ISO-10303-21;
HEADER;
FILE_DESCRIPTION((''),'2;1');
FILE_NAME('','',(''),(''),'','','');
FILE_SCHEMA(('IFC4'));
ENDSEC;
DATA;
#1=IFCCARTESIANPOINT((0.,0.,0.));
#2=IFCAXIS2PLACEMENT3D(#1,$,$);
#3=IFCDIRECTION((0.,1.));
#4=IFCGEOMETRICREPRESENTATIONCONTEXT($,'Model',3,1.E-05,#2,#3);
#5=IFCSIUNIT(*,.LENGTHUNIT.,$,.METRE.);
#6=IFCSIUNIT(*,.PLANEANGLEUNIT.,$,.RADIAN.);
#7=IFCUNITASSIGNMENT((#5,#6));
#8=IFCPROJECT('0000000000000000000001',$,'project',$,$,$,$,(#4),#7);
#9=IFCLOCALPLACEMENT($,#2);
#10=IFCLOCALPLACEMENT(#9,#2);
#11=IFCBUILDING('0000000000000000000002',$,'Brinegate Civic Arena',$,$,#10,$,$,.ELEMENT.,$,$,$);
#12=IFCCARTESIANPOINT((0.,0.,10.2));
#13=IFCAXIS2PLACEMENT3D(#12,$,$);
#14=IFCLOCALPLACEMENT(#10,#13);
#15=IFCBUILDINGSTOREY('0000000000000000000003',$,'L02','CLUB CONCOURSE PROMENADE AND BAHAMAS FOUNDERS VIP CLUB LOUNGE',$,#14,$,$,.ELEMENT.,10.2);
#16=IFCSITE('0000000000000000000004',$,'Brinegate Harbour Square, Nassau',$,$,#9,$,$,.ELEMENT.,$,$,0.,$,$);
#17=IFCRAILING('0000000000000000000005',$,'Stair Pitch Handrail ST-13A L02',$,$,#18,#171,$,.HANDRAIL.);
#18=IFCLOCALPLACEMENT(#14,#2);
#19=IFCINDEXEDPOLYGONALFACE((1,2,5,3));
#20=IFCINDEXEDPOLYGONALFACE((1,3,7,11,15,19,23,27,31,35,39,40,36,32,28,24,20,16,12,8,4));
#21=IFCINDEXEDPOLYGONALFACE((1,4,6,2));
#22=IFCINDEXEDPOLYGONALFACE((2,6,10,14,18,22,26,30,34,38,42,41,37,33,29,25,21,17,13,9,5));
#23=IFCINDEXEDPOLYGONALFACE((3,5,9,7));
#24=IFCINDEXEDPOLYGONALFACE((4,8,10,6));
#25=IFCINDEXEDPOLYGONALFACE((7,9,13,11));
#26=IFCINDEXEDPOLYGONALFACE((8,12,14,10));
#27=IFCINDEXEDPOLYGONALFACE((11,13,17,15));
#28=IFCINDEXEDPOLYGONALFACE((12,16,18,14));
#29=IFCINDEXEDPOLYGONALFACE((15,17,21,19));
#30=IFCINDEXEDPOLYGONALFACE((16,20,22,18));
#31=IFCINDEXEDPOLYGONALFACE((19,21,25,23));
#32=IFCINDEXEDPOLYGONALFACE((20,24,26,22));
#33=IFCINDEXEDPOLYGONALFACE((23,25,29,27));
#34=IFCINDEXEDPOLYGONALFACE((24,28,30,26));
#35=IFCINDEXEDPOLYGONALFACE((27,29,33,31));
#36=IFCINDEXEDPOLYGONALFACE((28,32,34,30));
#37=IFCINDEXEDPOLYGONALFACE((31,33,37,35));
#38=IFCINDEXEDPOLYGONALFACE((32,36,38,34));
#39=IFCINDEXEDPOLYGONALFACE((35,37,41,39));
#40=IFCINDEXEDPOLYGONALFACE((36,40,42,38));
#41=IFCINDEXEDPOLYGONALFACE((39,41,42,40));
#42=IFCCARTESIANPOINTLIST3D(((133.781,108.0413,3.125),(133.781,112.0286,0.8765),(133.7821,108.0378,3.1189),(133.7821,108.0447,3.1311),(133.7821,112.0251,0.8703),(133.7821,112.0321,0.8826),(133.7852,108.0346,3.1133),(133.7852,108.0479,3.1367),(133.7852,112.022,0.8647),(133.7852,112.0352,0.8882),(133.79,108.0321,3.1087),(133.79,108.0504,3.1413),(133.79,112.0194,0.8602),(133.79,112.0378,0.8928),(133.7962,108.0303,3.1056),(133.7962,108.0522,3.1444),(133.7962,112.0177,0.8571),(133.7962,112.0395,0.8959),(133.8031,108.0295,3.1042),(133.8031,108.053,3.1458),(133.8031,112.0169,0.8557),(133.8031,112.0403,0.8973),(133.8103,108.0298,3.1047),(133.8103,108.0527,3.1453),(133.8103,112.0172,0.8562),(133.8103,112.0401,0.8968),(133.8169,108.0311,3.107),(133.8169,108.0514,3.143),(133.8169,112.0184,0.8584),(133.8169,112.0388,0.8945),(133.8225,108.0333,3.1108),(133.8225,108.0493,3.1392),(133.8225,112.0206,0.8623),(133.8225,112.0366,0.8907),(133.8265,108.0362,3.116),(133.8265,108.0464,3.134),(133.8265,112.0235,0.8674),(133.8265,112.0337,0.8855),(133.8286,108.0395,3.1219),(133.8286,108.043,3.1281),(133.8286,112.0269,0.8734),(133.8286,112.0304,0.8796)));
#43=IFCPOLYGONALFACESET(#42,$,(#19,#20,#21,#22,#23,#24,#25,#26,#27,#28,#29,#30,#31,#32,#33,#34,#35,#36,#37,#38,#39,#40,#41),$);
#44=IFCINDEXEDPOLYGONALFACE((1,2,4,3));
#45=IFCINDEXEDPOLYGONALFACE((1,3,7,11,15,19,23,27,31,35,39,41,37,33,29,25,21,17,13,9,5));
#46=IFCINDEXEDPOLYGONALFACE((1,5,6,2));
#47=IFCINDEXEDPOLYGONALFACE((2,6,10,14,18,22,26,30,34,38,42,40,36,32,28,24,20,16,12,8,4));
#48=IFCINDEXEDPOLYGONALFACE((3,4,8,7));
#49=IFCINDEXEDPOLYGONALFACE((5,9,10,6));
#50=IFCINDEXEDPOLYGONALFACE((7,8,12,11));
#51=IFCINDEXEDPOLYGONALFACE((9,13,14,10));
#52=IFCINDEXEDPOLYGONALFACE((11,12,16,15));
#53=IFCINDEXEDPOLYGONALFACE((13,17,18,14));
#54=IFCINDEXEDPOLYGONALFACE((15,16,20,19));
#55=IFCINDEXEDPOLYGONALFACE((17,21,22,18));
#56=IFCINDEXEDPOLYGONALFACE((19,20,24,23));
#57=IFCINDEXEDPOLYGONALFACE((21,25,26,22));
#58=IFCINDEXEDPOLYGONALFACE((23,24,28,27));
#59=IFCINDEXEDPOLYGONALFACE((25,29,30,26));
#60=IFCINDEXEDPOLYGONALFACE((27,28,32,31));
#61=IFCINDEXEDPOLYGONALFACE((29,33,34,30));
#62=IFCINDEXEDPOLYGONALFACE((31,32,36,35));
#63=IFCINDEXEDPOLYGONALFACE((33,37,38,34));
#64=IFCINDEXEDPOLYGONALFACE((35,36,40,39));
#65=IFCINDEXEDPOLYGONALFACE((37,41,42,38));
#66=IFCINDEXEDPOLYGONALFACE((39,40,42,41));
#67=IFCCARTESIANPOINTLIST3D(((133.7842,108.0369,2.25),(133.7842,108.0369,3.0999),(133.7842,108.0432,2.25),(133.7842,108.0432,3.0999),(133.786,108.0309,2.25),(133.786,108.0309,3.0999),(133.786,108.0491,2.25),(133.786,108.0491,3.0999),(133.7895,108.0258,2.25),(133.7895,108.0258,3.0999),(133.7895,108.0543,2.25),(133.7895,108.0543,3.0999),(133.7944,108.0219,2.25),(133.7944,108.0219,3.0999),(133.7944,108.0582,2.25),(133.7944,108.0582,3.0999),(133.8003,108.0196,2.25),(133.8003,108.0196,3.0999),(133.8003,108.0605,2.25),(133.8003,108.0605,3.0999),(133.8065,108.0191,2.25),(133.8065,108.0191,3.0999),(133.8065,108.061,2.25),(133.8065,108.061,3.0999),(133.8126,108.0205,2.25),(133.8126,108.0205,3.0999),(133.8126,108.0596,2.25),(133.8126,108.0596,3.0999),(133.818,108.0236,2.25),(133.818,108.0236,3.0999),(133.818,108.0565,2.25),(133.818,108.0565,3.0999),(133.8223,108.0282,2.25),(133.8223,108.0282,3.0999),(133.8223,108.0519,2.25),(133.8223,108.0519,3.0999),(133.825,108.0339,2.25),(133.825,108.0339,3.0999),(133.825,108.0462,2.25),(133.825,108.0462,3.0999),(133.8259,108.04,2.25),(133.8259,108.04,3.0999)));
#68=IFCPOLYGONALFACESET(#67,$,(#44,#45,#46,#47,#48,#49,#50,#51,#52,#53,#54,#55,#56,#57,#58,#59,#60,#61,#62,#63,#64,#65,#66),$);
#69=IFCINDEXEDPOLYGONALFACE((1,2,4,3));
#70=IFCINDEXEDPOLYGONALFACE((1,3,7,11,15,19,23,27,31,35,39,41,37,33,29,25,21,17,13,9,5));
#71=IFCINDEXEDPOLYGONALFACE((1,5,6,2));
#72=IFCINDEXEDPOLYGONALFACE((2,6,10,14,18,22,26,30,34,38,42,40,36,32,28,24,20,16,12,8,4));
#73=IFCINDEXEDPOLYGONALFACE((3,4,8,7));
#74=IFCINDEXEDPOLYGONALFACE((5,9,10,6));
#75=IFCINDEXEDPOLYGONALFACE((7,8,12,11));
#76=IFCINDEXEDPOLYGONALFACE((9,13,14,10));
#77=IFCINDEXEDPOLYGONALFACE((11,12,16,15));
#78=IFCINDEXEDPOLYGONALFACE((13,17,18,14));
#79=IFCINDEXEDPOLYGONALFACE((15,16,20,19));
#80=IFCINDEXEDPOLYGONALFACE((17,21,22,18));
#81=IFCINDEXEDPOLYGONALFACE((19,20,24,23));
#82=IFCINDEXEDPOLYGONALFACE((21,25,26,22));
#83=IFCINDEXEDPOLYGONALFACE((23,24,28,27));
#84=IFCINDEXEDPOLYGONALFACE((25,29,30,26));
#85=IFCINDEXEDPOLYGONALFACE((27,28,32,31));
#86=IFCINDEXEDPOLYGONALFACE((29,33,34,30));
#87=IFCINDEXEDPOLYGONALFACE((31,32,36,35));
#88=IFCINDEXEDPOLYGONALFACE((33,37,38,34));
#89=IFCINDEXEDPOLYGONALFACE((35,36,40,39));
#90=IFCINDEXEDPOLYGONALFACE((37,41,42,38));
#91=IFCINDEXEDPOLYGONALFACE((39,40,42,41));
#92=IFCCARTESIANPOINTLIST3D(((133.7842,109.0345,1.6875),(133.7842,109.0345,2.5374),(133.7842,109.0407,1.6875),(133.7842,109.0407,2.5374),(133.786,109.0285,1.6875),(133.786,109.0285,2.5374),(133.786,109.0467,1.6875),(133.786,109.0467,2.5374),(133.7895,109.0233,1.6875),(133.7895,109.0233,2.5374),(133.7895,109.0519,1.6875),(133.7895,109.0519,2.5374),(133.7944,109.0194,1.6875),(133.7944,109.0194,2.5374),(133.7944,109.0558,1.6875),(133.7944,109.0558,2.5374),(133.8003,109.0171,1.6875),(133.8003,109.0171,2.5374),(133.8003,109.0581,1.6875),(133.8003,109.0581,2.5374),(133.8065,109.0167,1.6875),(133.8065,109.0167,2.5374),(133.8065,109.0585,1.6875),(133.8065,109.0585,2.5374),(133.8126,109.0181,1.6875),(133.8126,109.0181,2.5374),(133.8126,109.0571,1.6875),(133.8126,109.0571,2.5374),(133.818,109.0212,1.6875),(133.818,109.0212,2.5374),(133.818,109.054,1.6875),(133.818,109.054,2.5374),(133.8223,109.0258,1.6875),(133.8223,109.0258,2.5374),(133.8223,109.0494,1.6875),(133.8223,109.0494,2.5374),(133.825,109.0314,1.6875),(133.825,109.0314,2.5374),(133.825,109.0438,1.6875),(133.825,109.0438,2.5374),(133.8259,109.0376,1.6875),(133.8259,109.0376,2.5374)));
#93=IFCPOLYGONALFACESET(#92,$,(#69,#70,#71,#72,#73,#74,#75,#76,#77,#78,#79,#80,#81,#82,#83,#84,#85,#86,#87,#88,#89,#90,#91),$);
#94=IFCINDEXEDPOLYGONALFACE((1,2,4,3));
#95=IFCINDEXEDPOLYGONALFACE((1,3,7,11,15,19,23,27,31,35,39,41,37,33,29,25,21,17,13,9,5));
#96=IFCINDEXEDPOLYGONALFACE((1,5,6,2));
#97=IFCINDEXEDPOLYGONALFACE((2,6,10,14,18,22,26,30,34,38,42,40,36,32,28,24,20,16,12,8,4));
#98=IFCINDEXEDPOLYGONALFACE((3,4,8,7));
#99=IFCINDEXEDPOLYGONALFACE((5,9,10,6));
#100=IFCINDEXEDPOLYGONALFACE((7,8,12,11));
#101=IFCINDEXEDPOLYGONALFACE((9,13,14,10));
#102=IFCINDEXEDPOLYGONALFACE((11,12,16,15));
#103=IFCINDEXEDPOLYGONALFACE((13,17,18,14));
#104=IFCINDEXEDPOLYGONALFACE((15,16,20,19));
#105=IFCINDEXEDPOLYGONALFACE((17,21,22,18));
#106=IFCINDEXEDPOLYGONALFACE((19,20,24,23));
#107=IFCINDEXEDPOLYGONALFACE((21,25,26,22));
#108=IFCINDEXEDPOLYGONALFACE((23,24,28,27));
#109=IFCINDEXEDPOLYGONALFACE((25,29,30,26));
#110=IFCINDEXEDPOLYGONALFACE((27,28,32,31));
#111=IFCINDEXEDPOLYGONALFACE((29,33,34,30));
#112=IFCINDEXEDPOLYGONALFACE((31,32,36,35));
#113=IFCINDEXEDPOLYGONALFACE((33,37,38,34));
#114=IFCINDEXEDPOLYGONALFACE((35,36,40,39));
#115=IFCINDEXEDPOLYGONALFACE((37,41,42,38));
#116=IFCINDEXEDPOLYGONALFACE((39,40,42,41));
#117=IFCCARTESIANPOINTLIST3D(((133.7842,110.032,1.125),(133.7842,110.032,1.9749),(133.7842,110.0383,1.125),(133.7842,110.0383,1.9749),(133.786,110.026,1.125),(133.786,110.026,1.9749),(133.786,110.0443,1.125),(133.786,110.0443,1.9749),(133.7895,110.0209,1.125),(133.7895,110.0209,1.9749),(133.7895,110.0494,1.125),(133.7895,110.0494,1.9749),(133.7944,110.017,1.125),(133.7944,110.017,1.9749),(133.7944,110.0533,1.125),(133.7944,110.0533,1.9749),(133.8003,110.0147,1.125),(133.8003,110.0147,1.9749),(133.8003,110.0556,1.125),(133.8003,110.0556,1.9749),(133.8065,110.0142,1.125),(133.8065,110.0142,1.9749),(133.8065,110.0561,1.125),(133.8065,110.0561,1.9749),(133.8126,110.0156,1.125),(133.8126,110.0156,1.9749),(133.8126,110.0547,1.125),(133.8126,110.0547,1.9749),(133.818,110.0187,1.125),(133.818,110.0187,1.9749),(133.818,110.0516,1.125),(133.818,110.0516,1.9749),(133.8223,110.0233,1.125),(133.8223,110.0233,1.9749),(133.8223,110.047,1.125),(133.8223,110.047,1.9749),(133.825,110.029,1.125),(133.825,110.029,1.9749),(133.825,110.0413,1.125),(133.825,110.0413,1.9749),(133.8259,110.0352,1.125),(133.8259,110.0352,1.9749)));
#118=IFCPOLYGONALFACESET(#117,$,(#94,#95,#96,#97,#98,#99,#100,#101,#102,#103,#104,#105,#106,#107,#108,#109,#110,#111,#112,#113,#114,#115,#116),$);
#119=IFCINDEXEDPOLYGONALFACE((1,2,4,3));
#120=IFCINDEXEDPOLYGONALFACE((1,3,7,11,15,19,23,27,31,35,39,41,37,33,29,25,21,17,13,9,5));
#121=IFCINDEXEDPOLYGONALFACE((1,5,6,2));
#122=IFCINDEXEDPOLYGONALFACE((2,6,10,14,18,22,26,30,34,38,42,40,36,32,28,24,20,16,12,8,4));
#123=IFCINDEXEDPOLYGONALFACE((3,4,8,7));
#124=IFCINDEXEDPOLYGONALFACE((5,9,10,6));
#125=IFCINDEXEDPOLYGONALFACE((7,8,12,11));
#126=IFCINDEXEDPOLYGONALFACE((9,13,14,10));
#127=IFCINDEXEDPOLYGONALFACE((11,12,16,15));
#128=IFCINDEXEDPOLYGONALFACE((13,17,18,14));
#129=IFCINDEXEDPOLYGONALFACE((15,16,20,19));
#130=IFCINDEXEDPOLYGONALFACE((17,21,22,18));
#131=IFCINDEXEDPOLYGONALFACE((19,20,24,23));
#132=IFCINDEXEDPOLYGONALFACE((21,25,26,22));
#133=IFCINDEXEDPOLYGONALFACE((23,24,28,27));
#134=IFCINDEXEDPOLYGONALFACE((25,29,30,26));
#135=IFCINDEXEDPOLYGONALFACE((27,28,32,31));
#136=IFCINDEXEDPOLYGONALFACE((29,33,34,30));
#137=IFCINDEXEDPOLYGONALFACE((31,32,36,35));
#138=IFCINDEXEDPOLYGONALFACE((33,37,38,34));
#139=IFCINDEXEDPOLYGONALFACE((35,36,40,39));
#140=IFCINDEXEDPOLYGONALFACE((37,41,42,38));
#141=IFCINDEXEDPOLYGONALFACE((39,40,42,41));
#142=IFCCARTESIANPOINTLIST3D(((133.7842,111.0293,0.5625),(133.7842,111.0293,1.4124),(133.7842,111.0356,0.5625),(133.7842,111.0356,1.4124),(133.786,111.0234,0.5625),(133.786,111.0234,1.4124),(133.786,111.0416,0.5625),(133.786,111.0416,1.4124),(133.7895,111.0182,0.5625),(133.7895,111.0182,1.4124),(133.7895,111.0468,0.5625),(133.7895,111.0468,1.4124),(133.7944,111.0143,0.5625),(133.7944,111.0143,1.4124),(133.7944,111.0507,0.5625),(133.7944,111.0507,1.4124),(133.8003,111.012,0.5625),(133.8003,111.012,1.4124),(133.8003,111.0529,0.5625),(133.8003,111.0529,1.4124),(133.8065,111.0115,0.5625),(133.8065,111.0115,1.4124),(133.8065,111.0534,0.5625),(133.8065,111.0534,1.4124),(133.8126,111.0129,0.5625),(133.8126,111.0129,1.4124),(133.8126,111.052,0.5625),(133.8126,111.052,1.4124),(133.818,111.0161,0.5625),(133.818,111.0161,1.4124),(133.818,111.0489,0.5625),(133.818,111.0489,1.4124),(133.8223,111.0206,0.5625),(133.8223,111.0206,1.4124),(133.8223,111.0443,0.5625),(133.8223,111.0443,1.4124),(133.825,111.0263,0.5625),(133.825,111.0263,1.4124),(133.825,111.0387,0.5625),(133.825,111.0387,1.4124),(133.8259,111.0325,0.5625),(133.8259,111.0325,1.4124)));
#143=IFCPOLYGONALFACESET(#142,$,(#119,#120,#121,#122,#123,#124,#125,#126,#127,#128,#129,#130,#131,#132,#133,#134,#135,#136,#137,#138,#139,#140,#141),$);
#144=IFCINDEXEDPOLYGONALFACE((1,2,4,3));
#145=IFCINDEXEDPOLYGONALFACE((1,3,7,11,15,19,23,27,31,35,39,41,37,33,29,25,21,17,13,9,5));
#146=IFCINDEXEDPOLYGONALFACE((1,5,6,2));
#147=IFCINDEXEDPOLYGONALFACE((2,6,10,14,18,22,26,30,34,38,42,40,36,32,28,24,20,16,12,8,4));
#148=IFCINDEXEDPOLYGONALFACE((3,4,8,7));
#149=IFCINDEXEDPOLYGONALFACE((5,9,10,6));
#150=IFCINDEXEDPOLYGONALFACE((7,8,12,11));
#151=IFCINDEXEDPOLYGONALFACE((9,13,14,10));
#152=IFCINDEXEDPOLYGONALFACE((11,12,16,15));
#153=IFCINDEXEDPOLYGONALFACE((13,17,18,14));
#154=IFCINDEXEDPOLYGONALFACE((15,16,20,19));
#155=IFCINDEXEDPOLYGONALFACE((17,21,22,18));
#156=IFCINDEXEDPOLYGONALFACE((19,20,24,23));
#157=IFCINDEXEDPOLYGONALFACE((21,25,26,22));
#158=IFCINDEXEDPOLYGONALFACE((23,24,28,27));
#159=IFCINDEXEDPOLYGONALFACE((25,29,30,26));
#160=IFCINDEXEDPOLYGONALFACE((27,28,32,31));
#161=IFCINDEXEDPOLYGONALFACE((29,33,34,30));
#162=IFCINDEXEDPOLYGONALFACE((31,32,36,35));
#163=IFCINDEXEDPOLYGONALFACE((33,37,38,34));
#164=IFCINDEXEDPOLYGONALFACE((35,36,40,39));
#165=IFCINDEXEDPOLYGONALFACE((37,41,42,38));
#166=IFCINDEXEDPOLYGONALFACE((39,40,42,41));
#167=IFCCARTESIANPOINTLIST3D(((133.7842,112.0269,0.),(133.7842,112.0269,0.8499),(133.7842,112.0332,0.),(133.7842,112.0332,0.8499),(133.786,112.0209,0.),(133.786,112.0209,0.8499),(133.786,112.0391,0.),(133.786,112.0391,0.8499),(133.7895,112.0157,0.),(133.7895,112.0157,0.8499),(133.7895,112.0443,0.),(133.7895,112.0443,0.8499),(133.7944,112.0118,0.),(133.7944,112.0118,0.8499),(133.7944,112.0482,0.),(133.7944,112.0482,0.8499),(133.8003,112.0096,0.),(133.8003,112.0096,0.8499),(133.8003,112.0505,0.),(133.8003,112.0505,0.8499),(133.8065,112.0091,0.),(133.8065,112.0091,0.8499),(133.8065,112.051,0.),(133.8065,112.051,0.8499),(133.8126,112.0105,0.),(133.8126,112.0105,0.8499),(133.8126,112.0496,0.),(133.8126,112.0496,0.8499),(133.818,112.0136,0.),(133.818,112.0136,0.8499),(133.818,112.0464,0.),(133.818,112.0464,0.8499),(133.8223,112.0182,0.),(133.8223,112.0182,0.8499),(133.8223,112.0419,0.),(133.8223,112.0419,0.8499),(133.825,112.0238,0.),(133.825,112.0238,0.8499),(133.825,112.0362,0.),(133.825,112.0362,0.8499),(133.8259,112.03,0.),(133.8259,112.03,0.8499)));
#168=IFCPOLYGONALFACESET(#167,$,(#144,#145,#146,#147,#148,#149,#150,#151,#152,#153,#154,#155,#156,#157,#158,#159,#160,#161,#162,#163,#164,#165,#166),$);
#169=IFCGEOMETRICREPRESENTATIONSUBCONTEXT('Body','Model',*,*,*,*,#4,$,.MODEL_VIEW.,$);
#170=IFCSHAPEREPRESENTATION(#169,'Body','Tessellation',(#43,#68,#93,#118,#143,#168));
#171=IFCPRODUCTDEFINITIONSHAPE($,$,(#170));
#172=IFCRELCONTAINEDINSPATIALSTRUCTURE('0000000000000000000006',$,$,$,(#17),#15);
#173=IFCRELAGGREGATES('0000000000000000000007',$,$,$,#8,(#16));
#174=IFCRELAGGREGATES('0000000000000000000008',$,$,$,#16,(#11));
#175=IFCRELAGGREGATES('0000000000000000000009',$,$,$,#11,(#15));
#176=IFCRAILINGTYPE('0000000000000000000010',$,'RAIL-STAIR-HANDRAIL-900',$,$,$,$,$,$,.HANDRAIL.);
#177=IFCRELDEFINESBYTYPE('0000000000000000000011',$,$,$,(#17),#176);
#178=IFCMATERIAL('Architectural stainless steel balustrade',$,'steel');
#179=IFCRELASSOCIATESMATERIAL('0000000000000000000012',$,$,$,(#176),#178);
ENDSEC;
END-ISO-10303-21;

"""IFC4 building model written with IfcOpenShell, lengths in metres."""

from ifc_helpers import new_model, si_unit, direction, frame, origin, origin_2d, place, context, subcontext, project, spatial, circle, extrude, material, type_object, element, save


model = new_model("IFC4")

# Units and contexts
model_context = context("Model", 3, precision=1e-05, world=origin(), true_north=direction((0.0, 1.0)))
body_context = subcontext(model_context, "Body", "Model", "MODEL_VIEW")
ifc_project = project(units=[si_unit("LENGTHUNIT", "METRE"), si_unit("PLANEANGLEUNIT", "RADIAN")], contexts=[model_context])

# Site, building, storey
site_placement = place(None, origin())
site = spatial("IfcSite", under=ifc_project, at=site_placement, Name="Brinegate Harbour Square, Nassau", CompositionType="ELEMENT", RefElevation=0.0)
building_placement = place(site_placement, origin())
building = spatial("IfcBuilding", under=site, at=building_placement, Name="Brinegate Civic Arena", CompositionType="ELEMENT")
storey_placement = place(building_placement, frame((0.0, 0.0, 10.2)))
storey = spatial("IfcBuildingStorey", under=building, at=storey_placement, Name="L02", Description="CLUB CONCOURSE PROMENADE AND BAHAMAS FOUNDERS VIP CLUB LOUNGE", CompositionType="ELEMENT", Elevation=10.2)

# Railing
ifc_material_1 = material(Name="Architectural stainless steel balustrade", Category="steel")
railing_type_1 = type_object("IfcRailingType", Name="RAIL-STAIR-HANDRAIL-900", PredefinedType="HANDRAIL", material=ifc_material_1)
for number, where, name in (
    (1, (133.8049, 108.04, 2.25), "Stair Pitch Handrail ST-13A L02"),
):
    element("IfcRailing", number, at=place(storey_placement, frame(where)), inside=storey, type_object=railing_type_1, Name=name, PredefinedType="HANDRAIL", context=body_context, shape_type="SweptSolid", body=[
        extrude(circle(Radius=0.0239, at=origin_2d()), frame((0.0, 0.0012, 0.875), z_axis=(0.0, 0.87105, -0.491195), x_axis=(-1.0, 0.0, 0.0)), (0.0, 0.0, 1.0), 4.5776),
        extrude(circle(Radius=0.021, at=origin_2d()), origin(), (0.0, 0.0, 1.0), 0.8499),
        extrude(circle(Radius=0.021, at=origin_2d()), frame((0.0, 0.9976, -0.5625)), (0.0, 0.0, 1.0), 0.8499),
        extrude(circle(Radius=0.021, at=origin_2d()), frame((0.0, 1.9951, -1.125)), (0.0, 0.0, 1.0), 0.8499),
        extrude(circle(Radius=0.021, at=origin_2d()), frame((0.0, 2.9924, -1.6875)), (0.0, 0.0, 1.0), 0.8499),
        extrude(circle(Radius=0.021, at=origin_2d()), frame((0.0, 3.99, -2.25)), (0.0, 0.0, 1.0), 0.8499),
    ])

save(model, "model.ifc")
